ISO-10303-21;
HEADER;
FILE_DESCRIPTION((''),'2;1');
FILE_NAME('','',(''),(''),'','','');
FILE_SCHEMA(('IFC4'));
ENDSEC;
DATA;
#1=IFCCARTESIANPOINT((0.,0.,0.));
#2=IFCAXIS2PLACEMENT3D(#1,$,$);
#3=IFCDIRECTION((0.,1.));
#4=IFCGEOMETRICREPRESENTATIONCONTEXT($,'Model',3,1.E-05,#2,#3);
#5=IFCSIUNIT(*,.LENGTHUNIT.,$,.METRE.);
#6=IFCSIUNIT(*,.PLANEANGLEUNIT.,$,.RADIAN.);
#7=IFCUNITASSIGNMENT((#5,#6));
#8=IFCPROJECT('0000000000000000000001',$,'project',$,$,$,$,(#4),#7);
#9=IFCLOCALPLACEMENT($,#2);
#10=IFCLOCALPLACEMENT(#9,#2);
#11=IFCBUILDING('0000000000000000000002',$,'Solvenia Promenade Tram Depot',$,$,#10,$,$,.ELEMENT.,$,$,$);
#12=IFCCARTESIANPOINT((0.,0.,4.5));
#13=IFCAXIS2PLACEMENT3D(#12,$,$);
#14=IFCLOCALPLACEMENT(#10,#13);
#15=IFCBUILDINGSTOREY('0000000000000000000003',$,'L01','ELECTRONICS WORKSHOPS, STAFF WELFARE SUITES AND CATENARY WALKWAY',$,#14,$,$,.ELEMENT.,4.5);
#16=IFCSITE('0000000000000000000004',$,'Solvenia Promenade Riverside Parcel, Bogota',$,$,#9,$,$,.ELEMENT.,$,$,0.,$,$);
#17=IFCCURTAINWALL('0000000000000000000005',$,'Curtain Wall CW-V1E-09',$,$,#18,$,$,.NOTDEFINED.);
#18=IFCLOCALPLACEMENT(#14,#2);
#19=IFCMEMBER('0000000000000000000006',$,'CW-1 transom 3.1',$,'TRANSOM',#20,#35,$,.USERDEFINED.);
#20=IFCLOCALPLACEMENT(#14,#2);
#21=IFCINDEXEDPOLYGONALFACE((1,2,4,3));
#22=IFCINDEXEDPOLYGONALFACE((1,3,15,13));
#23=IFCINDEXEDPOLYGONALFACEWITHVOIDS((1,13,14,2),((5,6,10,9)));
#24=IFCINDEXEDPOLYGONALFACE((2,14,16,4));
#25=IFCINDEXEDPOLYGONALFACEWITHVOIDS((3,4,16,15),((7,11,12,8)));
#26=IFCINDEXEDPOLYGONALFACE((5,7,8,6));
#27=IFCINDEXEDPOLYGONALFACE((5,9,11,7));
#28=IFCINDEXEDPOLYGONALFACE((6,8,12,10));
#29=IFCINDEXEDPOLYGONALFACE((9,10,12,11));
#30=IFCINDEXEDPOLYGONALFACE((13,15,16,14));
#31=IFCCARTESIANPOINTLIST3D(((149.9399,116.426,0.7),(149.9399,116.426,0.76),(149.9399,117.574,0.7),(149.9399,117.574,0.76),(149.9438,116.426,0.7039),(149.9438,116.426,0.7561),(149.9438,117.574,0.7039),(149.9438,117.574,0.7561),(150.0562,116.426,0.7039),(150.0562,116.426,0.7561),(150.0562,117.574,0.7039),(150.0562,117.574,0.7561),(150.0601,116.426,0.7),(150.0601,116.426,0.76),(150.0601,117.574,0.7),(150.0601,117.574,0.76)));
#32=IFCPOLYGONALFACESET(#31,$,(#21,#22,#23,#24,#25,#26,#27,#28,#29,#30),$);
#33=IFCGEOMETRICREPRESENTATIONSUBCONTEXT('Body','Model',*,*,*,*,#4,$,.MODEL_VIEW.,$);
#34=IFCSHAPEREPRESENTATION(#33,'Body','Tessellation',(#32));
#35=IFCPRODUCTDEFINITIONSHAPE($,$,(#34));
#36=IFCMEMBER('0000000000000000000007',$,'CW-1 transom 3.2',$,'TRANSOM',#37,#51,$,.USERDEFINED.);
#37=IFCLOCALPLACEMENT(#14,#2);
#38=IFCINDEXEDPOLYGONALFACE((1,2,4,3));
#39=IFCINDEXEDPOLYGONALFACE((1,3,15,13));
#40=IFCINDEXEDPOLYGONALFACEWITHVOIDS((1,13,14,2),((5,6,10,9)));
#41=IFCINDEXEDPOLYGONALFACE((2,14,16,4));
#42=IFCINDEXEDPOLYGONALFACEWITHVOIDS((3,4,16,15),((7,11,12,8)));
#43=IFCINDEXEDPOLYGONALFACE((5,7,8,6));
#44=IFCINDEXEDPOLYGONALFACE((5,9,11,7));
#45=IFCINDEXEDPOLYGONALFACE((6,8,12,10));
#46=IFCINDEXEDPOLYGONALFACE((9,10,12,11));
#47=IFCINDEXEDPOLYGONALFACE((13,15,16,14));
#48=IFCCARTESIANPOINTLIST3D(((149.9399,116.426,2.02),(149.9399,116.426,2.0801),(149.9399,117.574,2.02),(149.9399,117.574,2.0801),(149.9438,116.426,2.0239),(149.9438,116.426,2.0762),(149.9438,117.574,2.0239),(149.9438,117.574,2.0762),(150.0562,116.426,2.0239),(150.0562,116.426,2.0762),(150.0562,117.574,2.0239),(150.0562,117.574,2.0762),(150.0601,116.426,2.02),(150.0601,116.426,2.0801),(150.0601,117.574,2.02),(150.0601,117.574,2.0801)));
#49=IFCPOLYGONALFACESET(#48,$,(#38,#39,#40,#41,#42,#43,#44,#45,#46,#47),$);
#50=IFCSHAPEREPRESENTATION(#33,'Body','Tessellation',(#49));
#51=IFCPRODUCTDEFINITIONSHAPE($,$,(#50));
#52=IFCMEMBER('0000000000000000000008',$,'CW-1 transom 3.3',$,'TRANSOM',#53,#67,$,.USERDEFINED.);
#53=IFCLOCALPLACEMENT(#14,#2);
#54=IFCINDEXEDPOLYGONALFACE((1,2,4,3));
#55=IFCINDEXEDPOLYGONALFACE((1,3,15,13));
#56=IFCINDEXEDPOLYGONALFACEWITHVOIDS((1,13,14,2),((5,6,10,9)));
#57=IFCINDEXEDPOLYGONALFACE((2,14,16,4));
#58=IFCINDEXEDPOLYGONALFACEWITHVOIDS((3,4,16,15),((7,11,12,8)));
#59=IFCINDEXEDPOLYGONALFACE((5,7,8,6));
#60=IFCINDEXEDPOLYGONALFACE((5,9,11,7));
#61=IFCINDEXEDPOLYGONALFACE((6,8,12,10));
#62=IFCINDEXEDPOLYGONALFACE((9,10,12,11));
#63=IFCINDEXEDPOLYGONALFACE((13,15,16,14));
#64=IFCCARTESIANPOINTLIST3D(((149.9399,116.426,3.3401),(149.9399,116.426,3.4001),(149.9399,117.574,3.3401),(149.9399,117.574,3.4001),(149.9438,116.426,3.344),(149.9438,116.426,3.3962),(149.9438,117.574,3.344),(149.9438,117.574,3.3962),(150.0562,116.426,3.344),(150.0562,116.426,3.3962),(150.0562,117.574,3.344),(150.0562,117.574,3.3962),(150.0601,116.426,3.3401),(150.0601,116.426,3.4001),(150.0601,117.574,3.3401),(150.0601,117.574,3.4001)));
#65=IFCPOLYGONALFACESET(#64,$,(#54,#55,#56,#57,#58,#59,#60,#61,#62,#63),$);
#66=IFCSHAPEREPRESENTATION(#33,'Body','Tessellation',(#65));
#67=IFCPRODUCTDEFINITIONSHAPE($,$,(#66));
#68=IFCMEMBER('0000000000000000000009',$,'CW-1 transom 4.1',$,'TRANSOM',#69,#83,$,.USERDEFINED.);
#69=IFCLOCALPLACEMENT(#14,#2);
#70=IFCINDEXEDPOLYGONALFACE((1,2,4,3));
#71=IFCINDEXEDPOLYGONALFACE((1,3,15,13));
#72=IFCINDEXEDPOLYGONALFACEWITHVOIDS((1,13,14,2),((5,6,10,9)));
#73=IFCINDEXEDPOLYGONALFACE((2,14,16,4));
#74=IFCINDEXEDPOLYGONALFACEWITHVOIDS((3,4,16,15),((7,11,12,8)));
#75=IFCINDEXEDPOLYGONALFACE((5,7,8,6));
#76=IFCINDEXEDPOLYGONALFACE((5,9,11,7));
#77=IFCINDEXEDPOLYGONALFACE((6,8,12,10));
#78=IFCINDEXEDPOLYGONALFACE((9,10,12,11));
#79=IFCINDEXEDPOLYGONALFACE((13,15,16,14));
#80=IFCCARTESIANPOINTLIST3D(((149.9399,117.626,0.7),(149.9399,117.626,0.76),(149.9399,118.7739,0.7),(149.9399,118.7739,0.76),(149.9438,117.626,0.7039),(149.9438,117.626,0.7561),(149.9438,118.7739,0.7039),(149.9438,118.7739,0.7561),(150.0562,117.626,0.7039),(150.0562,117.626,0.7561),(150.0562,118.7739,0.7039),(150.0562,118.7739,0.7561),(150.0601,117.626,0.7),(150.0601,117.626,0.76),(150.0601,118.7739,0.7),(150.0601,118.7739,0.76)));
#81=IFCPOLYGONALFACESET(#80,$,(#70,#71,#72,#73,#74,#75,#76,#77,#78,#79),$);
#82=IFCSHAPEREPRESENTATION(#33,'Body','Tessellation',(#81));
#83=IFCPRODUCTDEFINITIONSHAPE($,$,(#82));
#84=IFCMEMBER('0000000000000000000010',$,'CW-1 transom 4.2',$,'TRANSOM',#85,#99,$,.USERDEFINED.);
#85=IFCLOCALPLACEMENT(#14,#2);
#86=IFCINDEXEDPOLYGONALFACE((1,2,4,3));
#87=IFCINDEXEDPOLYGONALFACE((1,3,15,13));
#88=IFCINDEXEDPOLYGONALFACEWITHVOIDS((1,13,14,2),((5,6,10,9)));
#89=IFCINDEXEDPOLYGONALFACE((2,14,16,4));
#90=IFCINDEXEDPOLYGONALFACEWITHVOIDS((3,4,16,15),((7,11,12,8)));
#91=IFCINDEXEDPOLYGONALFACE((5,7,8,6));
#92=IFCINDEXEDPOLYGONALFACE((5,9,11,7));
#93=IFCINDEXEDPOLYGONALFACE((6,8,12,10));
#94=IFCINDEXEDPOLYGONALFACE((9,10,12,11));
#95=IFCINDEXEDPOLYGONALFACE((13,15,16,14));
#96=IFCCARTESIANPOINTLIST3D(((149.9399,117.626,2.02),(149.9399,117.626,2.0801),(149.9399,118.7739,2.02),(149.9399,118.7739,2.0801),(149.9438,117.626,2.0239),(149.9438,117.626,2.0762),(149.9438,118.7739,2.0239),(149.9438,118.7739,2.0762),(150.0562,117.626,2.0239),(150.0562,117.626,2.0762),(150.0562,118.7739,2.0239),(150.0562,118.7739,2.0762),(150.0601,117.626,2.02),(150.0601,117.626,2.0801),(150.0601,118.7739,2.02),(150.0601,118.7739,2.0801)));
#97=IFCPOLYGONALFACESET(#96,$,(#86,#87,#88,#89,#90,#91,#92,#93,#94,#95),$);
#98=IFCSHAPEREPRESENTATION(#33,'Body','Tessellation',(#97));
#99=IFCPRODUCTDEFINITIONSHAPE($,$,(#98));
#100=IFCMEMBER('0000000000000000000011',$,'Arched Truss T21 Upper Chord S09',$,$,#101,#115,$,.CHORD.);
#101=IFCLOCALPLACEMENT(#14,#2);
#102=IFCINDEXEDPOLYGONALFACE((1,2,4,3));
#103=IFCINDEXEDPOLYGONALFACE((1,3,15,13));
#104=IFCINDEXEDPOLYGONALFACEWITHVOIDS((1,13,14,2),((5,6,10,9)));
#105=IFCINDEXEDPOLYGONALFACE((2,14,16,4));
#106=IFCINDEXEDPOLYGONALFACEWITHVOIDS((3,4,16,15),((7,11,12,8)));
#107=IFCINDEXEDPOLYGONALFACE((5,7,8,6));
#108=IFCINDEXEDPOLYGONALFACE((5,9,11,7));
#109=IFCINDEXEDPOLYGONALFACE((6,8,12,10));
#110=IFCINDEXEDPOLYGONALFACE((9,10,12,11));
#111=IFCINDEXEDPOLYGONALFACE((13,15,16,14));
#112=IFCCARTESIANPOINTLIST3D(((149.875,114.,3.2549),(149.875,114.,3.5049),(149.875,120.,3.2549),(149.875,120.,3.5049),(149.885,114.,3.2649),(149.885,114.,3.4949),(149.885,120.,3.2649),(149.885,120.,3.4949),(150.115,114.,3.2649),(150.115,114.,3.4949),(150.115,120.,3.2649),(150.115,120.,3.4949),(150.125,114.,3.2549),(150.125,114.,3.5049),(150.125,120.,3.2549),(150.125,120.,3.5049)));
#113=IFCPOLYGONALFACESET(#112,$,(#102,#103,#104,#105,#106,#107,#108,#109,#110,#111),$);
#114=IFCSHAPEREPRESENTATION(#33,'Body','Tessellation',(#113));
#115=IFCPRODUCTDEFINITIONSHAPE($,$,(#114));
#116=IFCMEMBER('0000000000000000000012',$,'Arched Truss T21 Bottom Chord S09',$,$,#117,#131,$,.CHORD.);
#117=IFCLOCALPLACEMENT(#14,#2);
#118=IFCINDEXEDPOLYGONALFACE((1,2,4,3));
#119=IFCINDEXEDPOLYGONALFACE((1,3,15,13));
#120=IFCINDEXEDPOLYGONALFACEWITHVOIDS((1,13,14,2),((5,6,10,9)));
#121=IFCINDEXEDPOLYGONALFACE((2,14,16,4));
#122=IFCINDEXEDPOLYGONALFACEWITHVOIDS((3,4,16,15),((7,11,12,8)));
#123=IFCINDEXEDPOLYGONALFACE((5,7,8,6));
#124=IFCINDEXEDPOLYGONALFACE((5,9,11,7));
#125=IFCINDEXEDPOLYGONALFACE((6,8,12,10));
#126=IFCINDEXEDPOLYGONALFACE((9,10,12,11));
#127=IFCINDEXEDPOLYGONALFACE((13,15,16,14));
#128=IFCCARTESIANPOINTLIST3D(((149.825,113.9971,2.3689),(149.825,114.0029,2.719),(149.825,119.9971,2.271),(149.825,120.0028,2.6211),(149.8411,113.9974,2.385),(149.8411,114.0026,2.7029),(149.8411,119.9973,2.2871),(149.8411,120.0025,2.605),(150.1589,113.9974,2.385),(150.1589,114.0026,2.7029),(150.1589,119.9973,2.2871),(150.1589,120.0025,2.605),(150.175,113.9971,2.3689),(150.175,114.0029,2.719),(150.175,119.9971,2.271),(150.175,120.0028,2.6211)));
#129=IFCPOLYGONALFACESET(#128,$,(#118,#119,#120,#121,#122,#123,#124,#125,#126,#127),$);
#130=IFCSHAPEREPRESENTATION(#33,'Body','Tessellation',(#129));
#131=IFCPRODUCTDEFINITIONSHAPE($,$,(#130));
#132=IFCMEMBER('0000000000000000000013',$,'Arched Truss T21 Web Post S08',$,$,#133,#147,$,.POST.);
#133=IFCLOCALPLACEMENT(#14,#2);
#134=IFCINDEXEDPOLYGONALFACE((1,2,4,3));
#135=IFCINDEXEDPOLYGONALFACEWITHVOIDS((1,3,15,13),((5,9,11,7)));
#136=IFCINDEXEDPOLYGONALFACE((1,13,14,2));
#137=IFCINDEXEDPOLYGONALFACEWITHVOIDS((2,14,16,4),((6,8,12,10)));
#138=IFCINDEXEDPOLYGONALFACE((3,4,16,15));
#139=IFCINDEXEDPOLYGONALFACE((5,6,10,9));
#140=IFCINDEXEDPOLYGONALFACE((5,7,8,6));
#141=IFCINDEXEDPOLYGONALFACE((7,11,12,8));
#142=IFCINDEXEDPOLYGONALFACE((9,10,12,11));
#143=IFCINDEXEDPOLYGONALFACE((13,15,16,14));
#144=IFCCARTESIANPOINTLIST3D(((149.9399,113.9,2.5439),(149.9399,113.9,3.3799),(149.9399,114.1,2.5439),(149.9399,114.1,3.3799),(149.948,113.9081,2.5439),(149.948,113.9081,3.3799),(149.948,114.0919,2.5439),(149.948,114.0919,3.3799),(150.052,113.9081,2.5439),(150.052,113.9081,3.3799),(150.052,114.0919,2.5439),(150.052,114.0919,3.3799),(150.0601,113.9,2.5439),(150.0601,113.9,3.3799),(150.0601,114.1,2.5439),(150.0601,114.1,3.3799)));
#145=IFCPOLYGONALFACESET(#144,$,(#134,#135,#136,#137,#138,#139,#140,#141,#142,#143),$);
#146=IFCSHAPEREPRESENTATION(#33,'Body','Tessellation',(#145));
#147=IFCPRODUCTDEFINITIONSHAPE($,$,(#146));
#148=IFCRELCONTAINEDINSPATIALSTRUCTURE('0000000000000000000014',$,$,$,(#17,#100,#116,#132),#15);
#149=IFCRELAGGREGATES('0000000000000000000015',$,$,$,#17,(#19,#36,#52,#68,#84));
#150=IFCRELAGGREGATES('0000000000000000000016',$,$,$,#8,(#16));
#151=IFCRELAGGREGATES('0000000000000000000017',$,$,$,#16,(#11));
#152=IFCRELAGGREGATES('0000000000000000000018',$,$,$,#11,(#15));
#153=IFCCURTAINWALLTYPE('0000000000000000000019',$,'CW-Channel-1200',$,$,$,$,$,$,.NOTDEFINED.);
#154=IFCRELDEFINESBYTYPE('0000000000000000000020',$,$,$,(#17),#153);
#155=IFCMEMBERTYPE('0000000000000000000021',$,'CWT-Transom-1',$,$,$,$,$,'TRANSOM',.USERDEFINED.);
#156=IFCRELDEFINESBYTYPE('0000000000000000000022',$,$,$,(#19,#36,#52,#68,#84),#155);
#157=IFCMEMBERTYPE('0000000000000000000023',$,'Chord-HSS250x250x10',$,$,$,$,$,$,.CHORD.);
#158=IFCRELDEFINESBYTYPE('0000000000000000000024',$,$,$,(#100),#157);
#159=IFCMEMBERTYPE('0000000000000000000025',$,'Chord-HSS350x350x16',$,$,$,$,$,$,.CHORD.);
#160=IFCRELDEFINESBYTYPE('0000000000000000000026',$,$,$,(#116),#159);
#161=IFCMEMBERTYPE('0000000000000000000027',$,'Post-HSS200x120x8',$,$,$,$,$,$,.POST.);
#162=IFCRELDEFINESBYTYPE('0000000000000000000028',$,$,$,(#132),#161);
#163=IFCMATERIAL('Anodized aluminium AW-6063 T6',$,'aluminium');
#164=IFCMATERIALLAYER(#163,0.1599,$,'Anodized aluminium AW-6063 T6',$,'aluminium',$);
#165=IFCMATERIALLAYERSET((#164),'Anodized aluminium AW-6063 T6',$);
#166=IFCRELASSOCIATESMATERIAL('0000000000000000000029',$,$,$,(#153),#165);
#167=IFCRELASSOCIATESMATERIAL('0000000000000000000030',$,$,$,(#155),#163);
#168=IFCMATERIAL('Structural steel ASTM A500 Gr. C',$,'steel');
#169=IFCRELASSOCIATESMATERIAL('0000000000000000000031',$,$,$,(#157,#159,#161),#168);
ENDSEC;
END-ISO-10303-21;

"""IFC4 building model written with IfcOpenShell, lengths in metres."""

from ifc_helpers import new_model, si_unit, direction, frame, origin, origin_2d, place, context, subcontext, project, spatial, hollow_rectangle, extrude, material, layer, layer_set, material_profile, profile_set, type_object, element, aggregate, save


model = new_model("IFC4")

# Units and contexts
model_context = context("Model", 3, precision=1e-05, world=origin(), true_north=direction((0.0, 1.0)))
body_context = subcontext(model_context, "Body", "Model", "MODEL_VIEW")
ifc_project = project(units=[si_unit("LENGTHUNIT", "METRE"), si_unit("PLANEANGLEUNIT", "RADIAN")], contexts=[model_context])

# Site, building, storey
site_placement = place(None, origin())
site = spatial("IfcSite", under=ifc_project, at=site_placement, Name="Solvenia Promenade Riverside Parcel, Bogota", CompositionType="ELEMENT", RefElevation=0.0)
building_placement = place(site_placement, origin())
building = spatial("IfcBuilding", under=site, at=building_placement, Name="Solvenia Promenade Tram Depot", CompositionType="ELEMENT")
storey_placement = place(building_placement, frame((0.0, 0.0, 4.5)))
storey = spatial("IfcBuildingStorey", under=building, at=storey_placement, Name="L01", Description="ELECTRONICS WORKSHOPS, STAFF WELFARE SUITES AND CATENARY WALKWAY", CompositionType="ELEMENT", Elevation=4.5)

# Shared definitions
ifc_material_1 = material(Name="Anodized aluminium AW-6063 T6", Category="aluminium")
ifc_layer_1 = layer(ifc_material_1, 0.1599, Name="Anodized aluminium AW-6063 T6", Category="aluminium")
ifc_layer_set_1 = layer_set([ifc_layer_1], Name="Anodized aluminium AW-6063 T6")
curtain_wall_type = type_object("IfcCurtainWallType", Name="CW-Channel-1200", PredefinedType="NOTDEFINED", material=ifc_layer_set_1)

# Curtain wall, members
curtain_wall_1_placement = place(storey_placement, origin())
curtain_wall_1 = element("IfcCurtainWall", 1, at=curtain_wall_1_placement, inside=storey, type_object=curtain_wall_type, Name="Curtain Wall CW-V1E-09", PredefinedType="NOTDEFINED")
ifc_material_profile_1 = material_profile(ifc_material_1, hollow_rectangle(XDim=0.1201, YDim=0.0601, WallThickness=0.0039, at=origin_2d()), Name="ALU-T1", Category="aluminium")
ifc_profile_set_1 = profile_set([ifc_material_profile_1], Name="Anodized aluminium AW-6063 T6")
member_type_1 = type_object("IfcMemberType", Name="CWT-Transom-1", ElementType="TRANSOM", PredefinedType="USERDEFINED", material=ifc_profile_set_1)
member_1_placement = place(storey_placement, frame((150.0, 116.426, 0.73), z_axis=(0.0, 1.0, 0.0), x_axis=(-1.0, 0.0, 0.0)))
member_1 = element("IfcMember", 2, at=member_1_placement, type_object=member_type_1, Name="CW-1 transom 3.1", ObjectType="TRANSOM", PredefinedType="USERDEFINED", context=body_context, shape_type="SweptSolid", body=[
    extrude(hollow_rectangle(XDim=0.1201, YDim=0.0601, WallThickness=0.0039, at=origin_2d()), origin(), (0.0, 0.0, 1.0), 1.1479),
])
member_2_placement = place(storey_placement, frame((150.0, 116.426, 2.05), z_axis=(0.0, 1.0, 0.0), x_axis=(-1.0, 0.0, 0.0)))
member_2 = element("IfcMember", 3, at=member_2_placement, type_object=member_type_1, Name="CW-1 transom 3.2", ObjectType="TRANSOM", PredefinedType="USERDEFINED", context=body_context, shape_type="SweptSolid", body=[
    extrude(hollow_rectangle(XDim=0.1201, YDim=0.0601, WallThickness=0.0039, at=origin_2d()), origin(), (0.0, 0.0, 1.0), 1.1479),
])
member_3_placement = place(storey_placement, frame((150.0, 116.426, 3.3701), z_axis=(0.0, 1.0, 0.0), x_axis=(-1.0, 0.0, 0.0)))
member_3 = element("IfcMember", 4, at=member_3_placement, type_object=member_type_1, Name="CW-1 transom 3.3", ObjectType="TRANSOM", PredefinedType="USERDEFINED", context=body_context, shape_type="SweptSolid", body=[
    extrude(hollow_rectangle(XDim=0.1201, YDim=0.0601, WallThickness=0.0039, at=origin_2d()), origin(), (0.0, 0.0, 1.0), 1.1479),
])
member_4_placement = place(storey_placement, frame((150.0, 117.626, 0.73), z_axis=(0.0, 1.0, 0.0), x_axis=(-1.0, 0.0, 0.0)))
member_4 = element("IfcMember", 5, at=member_4_placement, type_object=member_type_1, Name="CW-1 transom 4.1", ObjectType="TRANSOM", PredefinedType="USERDEFINED", context=body_context, shape_type="SweptSolid", body=[
    extrude(hollow_rectangle(XDim=0.1201, YDim=0.0601, WallThickness=0.0039, at=origin_2d()), origin(), (0.0, 0.0, 1.0), 1.1479),
])
member_5_placement = place(storey_placement, frame((150.0, 117.626, 2.05), z_axis=(0.0, 1.0, 0.0), x_axis=(-1.0, 0.0, 0.0)))
member_5 = element("IfcMember", 6, at=member_5_placement, type_object=member_type_1, Name="CW-1 transom 4.2", ObjectType="TRANSOM", PredefinedType="USERDEFINED", context=body_context, shape_type="SweptSolid", body=[
    extrude(hollow_rectangle(XDim=0.1201, YDim=0.0601, WallThickness=0.0039, at=origin_2d()), origin(), (0.0, 0.0, 1.0), 1.1479),
])

# Members
ifc_material_2 = material(Name="Structural steel ASTM A500 Gr. C", Category="steel")
ifc_material_profile_2 = material_profile(ifc_material_2, hollow_rectangle(XDim=0.25, YDim=0.25, WallThickness=0.01, at=origin_2d()), Name="HSS250x250x10", Category="steel")
ifc_profile_set_2 = profile_set([ifc_material_profile_2], Name="Structural steel ASTM A500 Gr. C")
member_type_2 = type_object("IfcMemberType", Name="Chord-HSS250x250x10", PredefinedType="CHORD", material=ifc_profile_set_2)
member_6_placement = place(storey_placement, frame((150.0, 114.0, 3.3799), z_axis=(0.0, 1.0, 0.0), x_axis=(-1.0, 0.0, 0.0)))
element("IfcMember", 7, at=member_6_placement, inside=storey, type_object=member_type_2, Name="Arched Truss T21 Upper Chord S09", PredefinedType="CHORD", context=body_context, shape_type="SweptSolid", body=[
    extrude(hollow_rectangle(XDim=0.25, YDim=0.25, WallThickness=0.01, at=origin_2d()), origin(), (0.0, 0.0, 1.0), 6.0),
])
ifc_material_profile_3 = material_profile(ifc_material_2, hollow_rectangle(XDim=0.3501, YDim=0.3501, WallThickness=0.0161, at=origin_2d()), Name="HSS350x350x16", Category="steel")
ifc_profile_set_3 = profile_set([ifc_material_profile_3], Name="Structural steel ASTM A500 Gr. C")
member_type_3 = type_object("IfcMemberType", Name="Chord-HSS350x350x16", PredefinedType="CHORD", material=ifc_profile_set_3)
member_7_placement = place(storey_placement, frame((150.0, 114.0, 2.5439), z_axis=(0.0, 0.999867, -0.016315), x_axis=(-1.0, 0.0, 0.0)))
element("IfcMember", 8, at=member_7_placement, inside=storey, type_object=member_type_3, Name="Arched Truss T21 Bottom Chord S09", PredefinedType="CHORD", context=body_context, shape_type="SweptSolid", body=[
    extrude(hollow_rectangle(XDim=0.3501, YDim=0.3501, WallThickness=0.0161, at=origin_2d()), origin(), (0.0, 0.0, 1.0), 6.0007),
])
ifc_material_profile_4 = material_profile(ifc_material_2, hollow_rectangle(XDim=0.1201, YDim=0.2, WallThickness=0.0081, at=origin_2d()), Name="HSS200x120x8", Category="steel")
ifc_profile_set_4 = profile_set([ifc_material_profile_4], Name="Structural steel ASTM A500 Gr. C")
member_type_4 = type_object("IfcMemberType", Name="Post-HSS200x120x8", PredefinedType="POST", material=ifc_profile_set_4)
member_8_placement = place(storey_placement, frame((150.0, 114.0, 2.5439), z_axis=(0.0, 0.0, 1.0), x_axis=(1.0, 0.0, 0.0)))
element("IfcMember", 9, at=member_8_placement, inside=storey, type_object=member_type_4, Name="Arched Truss T21 Web Post S08", PredefinedType="POST", context=body_context, shape_type="SweptSolid", body=[
    extrude(hollow_rectangle(XDim=0.1201, YDim=0.2, WallThickness=0.0081, at=origin_2d()), origin(), (0.0, 0.0, 1.0), 0.8359),
])

aggregate(curtain_wall_1, [member_1, member_2, member_3, member_4, member_5])

save(model, "model.ifc")
